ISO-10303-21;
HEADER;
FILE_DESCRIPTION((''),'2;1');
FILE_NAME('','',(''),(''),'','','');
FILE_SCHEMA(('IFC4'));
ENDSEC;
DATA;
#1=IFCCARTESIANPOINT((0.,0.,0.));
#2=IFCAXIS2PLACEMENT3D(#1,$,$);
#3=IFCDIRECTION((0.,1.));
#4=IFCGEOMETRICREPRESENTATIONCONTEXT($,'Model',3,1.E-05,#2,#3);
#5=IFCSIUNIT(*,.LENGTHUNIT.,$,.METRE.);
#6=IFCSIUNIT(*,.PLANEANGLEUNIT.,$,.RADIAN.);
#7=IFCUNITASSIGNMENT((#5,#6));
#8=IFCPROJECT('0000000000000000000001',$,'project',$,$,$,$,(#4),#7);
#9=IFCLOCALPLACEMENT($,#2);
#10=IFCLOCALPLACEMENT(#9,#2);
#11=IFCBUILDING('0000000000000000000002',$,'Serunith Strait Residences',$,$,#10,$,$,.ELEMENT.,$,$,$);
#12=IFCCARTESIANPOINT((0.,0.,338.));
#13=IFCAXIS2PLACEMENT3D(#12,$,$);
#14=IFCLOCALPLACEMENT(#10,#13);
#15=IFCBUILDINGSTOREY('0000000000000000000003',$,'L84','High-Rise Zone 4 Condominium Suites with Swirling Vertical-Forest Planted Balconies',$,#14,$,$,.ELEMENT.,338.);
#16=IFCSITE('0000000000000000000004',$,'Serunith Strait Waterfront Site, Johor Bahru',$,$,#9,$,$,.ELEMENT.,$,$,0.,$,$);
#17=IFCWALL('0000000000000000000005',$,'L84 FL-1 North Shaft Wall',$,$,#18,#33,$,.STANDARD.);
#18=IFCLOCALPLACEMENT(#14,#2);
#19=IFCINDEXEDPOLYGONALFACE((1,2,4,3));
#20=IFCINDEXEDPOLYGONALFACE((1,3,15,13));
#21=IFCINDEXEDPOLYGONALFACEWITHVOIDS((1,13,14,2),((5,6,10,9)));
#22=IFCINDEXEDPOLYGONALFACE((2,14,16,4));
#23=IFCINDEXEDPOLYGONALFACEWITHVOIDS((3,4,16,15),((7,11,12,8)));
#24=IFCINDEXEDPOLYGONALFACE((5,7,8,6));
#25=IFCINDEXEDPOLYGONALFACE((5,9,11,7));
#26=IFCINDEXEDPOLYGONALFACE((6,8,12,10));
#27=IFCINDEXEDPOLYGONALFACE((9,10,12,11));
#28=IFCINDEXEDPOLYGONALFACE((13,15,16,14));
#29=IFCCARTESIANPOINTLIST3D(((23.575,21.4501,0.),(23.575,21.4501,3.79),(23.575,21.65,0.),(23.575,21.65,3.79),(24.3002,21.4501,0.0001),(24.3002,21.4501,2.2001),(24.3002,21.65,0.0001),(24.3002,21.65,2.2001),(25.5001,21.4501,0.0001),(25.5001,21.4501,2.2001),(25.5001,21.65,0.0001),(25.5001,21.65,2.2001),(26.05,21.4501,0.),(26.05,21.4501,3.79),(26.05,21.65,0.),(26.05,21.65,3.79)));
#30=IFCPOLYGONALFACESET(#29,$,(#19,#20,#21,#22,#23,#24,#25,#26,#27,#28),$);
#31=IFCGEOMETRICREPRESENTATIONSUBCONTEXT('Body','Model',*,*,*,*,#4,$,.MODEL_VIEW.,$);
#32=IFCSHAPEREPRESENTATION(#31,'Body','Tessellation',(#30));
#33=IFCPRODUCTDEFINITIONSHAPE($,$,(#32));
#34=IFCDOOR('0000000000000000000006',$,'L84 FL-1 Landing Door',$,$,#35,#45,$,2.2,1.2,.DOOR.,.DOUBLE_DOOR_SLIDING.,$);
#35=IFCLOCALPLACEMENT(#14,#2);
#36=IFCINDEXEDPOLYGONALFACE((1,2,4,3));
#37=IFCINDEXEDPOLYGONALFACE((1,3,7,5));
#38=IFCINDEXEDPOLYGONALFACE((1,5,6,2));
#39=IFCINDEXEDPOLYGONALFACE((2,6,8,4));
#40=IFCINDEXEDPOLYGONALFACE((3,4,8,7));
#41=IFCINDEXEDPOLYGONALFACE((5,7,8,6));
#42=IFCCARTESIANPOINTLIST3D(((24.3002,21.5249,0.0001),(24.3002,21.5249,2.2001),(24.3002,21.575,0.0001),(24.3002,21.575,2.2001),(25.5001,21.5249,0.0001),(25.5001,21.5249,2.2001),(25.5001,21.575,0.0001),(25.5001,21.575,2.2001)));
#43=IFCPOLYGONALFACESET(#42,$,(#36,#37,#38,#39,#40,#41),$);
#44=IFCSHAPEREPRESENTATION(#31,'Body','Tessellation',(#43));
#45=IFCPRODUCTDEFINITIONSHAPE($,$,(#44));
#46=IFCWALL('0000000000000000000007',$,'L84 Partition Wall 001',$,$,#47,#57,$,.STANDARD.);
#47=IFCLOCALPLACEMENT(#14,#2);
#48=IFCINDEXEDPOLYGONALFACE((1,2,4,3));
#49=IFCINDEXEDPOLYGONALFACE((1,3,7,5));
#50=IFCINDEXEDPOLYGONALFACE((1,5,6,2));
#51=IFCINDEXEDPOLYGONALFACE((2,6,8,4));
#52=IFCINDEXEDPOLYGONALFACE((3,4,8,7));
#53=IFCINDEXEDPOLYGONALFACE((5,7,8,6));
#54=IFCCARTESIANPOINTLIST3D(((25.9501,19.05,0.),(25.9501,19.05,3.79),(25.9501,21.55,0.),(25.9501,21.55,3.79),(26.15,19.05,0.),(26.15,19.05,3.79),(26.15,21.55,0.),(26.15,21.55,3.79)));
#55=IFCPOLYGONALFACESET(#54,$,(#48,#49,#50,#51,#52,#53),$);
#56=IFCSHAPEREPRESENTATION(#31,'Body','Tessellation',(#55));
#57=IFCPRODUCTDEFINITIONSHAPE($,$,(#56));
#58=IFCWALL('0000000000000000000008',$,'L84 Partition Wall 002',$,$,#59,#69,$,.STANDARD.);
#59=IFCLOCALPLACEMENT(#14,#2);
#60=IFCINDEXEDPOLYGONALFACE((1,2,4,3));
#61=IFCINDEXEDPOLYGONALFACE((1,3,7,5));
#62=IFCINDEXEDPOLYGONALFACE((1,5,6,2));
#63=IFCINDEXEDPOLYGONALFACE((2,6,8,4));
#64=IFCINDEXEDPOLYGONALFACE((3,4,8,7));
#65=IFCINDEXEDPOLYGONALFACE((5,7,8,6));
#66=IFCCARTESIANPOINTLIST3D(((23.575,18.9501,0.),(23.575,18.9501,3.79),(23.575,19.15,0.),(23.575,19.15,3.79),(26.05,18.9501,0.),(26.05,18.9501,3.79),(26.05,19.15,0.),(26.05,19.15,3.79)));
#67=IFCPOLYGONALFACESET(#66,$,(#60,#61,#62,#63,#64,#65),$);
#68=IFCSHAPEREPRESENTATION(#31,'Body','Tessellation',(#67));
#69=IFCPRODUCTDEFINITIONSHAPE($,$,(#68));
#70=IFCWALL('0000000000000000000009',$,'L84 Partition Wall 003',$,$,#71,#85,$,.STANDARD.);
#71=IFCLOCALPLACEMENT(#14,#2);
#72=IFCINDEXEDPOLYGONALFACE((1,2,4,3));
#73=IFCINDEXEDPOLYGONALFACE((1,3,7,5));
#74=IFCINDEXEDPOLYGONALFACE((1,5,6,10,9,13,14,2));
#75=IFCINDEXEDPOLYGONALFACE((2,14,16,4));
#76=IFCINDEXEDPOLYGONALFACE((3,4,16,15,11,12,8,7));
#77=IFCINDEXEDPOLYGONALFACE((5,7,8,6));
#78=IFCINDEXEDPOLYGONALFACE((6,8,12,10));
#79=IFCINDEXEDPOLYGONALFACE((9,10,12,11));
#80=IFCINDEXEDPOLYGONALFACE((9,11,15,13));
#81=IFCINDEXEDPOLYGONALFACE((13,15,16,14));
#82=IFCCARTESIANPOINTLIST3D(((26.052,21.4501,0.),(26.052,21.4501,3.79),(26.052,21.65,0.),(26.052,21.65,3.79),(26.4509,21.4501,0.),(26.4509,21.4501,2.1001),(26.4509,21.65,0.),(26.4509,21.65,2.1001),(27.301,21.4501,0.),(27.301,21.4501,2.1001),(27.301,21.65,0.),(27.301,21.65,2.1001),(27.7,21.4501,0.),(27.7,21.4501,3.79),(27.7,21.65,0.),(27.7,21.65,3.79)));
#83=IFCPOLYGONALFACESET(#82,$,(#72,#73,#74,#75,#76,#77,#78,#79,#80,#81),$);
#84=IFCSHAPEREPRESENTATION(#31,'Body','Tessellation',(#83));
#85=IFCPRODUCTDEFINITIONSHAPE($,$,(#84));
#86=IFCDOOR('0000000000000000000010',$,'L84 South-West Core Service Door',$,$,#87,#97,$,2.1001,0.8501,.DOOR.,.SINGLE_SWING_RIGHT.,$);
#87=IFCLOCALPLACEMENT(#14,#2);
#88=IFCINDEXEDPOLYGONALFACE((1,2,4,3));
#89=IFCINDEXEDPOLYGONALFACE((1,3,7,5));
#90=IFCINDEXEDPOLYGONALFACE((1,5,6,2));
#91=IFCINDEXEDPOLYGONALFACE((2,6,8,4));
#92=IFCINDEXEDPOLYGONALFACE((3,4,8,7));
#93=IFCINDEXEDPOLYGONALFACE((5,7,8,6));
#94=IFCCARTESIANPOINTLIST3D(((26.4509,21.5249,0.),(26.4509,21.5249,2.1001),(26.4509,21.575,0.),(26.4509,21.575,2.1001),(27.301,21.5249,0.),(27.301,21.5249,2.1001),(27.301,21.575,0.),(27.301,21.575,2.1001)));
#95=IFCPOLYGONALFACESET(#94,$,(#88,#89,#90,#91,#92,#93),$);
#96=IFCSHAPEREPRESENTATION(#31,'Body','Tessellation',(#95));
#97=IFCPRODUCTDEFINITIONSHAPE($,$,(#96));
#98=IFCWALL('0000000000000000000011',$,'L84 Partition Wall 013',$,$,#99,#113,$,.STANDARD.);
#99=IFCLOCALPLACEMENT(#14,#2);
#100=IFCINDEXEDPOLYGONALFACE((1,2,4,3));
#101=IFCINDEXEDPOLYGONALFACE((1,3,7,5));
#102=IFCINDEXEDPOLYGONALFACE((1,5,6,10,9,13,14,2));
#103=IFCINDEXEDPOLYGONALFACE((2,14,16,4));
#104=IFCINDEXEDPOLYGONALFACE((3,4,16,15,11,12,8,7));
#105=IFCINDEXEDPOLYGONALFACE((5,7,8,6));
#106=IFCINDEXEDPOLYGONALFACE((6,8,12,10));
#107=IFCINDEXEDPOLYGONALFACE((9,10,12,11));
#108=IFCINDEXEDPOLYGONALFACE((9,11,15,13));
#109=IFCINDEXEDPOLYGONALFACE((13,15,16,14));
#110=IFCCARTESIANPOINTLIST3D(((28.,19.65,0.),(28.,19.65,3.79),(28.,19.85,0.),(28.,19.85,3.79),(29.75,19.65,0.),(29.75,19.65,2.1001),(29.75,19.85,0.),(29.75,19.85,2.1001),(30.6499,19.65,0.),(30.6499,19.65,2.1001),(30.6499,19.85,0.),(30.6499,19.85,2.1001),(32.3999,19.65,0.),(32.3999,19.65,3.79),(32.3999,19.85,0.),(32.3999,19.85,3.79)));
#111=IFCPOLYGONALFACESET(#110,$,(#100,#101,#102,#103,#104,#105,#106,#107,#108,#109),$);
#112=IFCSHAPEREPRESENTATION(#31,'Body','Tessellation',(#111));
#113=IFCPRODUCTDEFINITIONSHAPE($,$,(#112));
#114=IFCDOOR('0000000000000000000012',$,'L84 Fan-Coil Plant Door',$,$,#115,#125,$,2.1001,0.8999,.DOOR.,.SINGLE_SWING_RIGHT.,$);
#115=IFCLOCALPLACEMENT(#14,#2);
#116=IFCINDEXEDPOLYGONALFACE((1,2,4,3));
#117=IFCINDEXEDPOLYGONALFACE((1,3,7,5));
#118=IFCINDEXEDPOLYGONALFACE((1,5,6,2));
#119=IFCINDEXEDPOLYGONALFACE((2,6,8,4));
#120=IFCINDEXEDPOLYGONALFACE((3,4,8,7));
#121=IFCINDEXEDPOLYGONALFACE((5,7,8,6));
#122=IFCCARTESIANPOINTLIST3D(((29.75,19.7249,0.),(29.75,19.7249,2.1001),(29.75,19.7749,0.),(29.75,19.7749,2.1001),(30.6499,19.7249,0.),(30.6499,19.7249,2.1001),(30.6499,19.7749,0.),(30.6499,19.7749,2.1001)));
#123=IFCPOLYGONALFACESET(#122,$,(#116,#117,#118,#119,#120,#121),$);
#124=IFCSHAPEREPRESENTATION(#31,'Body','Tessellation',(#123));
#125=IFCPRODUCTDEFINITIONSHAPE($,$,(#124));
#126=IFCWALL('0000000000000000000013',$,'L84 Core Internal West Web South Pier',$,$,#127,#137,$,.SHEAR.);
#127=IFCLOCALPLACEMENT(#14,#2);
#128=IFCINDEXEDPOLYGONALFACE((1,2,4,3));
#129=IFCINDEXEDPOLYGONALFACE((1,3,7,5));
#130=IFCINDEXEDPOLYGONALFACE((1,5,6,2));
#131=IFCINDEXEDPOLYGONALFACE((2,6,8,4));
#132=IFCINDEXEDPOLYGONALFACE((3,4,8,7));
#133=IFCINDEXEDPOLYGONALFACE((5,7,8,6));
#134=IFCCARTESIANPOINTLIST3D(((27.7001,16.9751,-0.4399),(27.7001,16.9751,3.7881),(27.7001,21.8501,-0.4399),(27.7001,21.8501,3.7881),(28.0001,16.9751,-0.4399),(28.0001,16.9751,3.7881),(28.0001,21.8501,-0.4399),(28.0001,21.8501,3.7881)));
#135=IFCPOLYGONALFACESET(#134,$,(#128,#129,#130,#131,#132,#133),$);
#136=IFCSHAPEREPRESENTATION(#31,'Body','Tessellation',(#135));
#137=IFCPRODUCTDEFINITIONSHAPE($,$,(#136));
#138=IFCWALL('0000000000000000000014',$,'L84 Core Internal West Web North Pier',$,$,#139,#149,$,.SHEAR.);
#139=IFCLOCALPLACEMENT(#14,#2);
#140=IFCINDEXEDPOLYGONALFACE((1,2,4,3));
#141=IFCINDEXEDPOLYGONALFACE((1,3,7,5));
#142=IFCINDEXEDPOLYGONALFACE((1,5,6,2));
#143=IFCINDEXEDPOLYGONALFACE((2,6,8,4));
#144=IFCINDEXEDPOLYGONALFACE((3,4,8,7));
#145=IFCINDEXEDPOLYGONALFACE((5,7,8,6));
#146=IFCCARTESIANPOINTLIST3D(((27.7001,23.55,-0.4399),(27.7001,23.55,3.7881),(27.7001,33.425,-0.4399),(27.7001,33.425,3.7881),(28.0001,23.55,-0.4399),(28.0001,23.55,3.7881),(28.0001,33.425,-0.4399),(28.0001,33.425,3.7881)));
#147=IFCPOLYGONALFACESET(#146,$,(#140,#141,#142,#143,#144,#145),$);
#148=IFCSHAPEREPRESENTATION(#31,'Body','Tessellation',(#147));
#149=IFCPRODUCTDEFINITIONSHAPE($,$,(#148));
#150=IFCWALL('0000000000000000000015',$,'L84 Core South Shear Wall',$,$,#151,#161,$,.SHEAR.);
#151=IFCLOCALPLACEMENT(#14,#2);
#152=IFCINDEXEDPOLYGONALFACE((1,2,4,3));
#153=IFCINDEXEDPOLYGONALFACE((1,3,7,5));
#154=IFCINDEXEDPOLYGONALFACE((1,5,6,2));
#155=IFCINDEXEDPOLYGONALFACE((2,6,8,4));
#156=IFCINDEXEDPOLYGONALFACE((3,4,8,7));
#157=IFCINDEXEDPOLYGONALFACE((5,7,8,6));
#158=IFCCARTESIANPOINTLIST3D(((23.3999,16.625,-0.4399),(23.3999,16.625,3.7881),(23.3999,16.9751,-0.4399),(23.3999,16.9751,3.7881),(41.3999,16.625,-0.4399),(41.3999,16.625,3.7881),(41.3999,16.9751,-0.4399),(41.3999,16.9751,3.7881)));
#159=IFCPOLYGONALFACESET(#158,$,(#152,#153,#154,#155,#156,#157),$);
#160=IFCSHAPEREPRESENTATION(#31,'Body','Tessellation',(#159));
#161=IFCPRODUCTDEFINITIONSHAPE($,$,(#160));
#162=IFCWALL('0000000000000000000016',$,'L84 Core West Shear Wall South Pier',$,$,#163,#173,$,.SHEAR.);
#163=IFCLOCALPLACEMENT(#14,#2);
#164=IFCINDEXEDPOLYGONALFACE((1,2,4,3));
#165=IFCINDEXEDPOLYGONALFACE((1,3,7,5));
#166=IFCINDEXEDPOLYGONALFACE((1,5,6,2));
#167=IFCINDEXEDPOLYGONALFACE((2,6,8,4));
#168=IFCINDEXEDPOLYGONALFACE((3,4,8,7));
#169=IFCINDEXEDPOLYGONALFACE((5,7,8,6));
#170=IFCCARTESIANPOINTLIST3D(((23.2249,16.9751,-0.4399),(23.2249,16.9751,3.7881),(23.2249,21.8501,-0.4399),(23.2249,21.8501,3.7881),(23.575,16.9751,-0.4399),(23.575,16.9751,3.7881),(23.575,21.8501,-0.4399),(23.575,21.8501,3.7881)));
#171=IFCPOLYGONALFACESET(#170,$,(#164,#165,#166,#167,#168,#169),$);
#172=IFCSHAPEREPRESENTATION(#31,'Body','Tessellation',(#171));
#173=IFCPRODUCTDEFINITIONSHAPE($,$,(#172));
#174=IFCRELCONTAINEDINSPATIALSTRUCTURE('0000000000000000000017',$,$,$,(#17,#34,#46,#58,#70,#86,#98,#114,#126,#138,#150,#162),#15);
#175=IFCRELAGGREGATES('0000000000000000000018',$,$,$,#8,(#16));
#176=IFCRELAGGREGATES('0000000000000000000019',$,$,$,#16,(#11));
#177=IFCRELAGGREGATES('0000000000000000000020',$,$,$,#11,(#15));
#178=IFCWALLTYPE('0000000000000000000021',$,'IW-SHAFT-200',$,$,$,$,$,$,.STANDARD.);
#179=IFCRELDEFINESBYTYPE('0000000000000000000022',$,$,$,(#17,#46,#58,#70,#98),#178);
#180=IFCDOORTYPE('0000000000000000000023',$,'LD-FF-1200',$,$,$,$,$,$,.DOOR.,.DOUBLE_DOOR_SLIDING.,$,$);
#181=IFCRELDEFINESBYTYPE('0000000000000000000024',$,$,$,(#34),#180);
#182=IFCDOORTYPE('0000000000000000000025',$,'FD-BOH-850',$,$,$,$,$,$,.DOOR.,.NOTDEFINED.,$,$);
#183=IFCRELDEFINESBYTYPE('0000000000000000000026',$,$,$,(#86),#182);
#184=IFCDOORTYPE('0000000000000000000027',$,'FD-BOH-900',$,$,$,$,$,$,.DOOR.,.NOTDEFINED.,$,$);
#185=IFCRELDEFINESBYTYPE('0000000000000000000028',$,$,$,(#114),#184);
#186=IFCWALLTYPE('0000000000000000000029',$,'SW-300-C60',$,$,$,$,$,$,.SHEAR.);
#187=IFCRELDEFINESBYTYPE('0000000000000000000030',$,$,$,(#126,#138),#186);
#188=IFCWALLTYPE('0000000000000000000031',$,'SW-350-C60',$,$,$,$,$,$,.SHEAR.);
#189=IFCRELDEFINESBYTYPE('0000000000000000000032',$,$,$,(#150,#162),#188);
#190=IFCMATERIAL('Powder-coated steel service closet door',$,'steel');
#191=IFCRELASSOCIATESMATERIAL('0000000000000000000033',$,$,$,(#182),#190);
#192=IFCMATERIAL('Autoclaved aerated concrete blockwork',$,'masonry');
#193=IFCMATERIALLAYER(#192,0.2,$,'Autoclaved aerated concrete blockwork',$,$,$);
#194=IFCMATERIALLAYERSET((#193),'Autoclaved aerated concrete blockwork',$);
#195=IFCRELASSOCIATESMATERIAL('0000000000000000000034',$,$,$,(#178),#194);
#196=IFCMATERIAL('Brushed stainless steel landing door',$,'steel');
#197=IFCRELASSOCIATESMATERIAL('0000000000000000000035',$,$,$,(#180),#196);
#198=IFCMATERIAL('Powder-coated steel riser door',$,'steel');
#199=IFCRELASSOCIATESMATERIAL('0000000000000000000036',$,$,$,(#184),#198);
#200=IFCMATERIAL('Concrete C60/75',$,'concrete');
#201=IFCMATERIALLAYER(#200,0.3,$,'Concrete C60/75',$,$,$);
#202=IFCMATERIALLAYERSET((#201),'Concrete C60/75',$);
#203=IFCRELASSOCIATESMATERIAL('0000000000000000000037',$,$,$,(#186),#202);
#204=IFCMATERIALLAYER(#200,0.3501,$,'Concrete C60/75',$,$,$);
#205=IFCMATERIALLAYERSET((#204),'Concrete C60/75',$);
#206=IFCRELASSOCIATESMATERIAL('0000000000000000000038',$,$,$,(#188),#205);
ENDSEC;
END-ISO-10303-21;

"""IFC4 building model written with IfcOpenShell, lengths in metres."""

from ifc_helpers import new_model, si_unit, direction, frame, frame_2d, origin, place, context, subcontext, project, spatial, rectangle, extrude, source, transform, mapped, material, layer, layer_set, type_object, element, fill, save


model = new_model("IFC4")

# Units and contexts
model_context = context("Model", 3, precision=1e-05, world=origin(), true_north=direction((0.0, 1.0)))
body_context = subcontext(model_context, "Body", "Model", "MODEL_VIEW")
ifc_project = project(units=[si_unit("LENGTHUNIT", "METRE"), si_unit("PLANEANGLEUNIT", "RADIAN")], contexts=[model_context])

# Site, building, storey
site_placement = place(None, origin())
site = spatial("IfcSite", under=ifc_project, at=site_placement, Name="Serunith Strait Waterfront Site, Johor Bahru", CompositionType="ELEMENT", RefElevation=0.0)
building_placement = place(site_placement, origin())
building = spatial("IfcBuilding", under=site, at=building_placement, Name="Serunith Strait Residences", CompositionType="ELEMENT")
storey_placement = place(building_placement, frame((0.0, 0.0, 338.0)))
storey = spatial("IfcBuildingStorey", under=building, at=storey_placement, Name="L84", Description="High-Rise Zone 4 Condominium Suites with Swirling Vertical-Forest Planted Balconies", CompositionType="ELEMENT", Elevation=338.0)

# Shared definitions
ifc_material_1 = material(Name="Powder-coated steel service closet door", Category="steel")
door_type_1 = type_object("IfcDoorType", Name="FD-BOH-850", OperationType="NOTDEFINED", PredefinedType="DOOR", material=ifc_material_1)
shared_shape_1 = source(origin(), body_context, "Body", "SweptSolid", [
    extrude(rectangle(XDim=0.8501, YDim=2.1001, at=frame_2d((0.425, 1.05))), frame((0.0, 0.0249, 0.0), z_axis=(0.0, -1.0, 0.0), x_axis=(1.0, 0.0, 0.0)), (0.0, 0.0, 1.0), 0.05),
])

# Wall, opening, door
ifc_material_2 = material(Name="Autoclaved aerated concrete blockwork", Category="masonry")
ifc_layer_1 = layer(ifc_material_2, 0.2, Name="Autoclaved aerated concrete blockwork")
ifc_layer_set_1 = layer_set([ifc_layer_1], Name="Autoclaved aerated concrete blockwork")
wall_type_1 = type_object("IfcWallType", Name="IW-SHAFT-200", PredefinedType="STANDARD", material=ifc_layer_set_1)
wall_1_placement = place(storey_placement, frame((23.575, 21.55, 0.0), z_axis=(0.0, 0.0, 1.0), x_axis=(1.0, 0.0, 0.0)))
wall_1 = element("IfcWall", 1, at=wall_1_placement, inside=storey, type_object=wall_type_1, Name="L84 FL-1 North Shaft Wall", PredefinedType="STANDARD", context=body_context, shape_type="SweptSolid", body=[
    extrude(rectangle(XDim=2.4751, YDim=0.2, at=frame_2d((1.2375, 0.0))), origin(), (0.0, 0.0, 1.0), 3.79),
])
opening_1_placement = place(wall_1_placement, frame((0.7251, 0.0, 0.0)))
opening_1 = element("IfcOpeningElement", 2, at=opening_1_placement, cuts=wall_1, PredefinedType="OPENING", context=body_context, shape_type="SweptSolid", body=[
    extrude(rectangle(XDim=1.2, YDim=2.2, at=frame_2d((0.6001, 1.1001))), frame((0.0, 0.1099, 0.0), z_axis=(0.0, -1.0, 0.0), x_axis=(1.0, 0.0, 0.0)), (0.0, 0.0, 1.0), 0.22),
])
ifc_material_3 = material(Name="Brushed stainless steel landing door", Category="steel")
door_type_2 = type_object("IfcDoorType", Name="LD-FF-1200", OperationType="DOUBLE_DOOR_SLIDING", PredefinedType="DOOR", material=ifc_material_3)
shared_shape_2 = source(origin(), body_context, "Body", "SweptSolid", [
    extrude(rectangle(XDim=1.2, YDim=2.2, at=frame_2d((0.6001, 1.1001))), frame((0.0, 0.0249, 0.0), z_axis=(0.0, -1.0, 0.0), x_axis=(1.0, 0.0, 0.0)), (0.0, 0.0, 1.0), 0.05),
])
door_1_placement = place(opening_1_placement, origin())
door_1 = element("IfcDoor", 3, at=door_1_placement, inside=storey, type_object=door_type_2, Name="L84 FL-1 Landing Door", OperationType="DOUBLE_DOOR_SLIDING", OverallHeight=2.2, OverallWidth=1.2, PredefinedType="DOOR", context=body_context, shape_type="MappedRepresentation", body=[
    mapped(shared_shape_2, transform((0.0, 0.0, 0.0), scale=1.0)),
])
fill(opening_1, door_1)

# Walls
wall_2_placement = place(storey_placement, frame((26.05, 19.05, 0.0), z_axis=(0.0, 0.0, 1.0), x_axis=(0.0, 1.0, 0.0)))
element("IfcWall", 4, at=wall_2_placement, inside=storey, type_object=wall_type_1, Name="L84 Partition Wall 001", PredefinedType="STANDARD", context=body_context, shape_type="SweptSolid", body=[
    extrude(rectangle(XDim=2.5, YDim=0.2, at=frame_2d((1.25, 0.0))), origin(), (0.0, 0.0, 1.0), 3.79),
])
wall_3_placement = place(storey_placement, frame((23.575, 19.05, 0.0), z_axis=(0.0, 0.0, 1.0), x_axis=(1.0, 0.0, 0.0)))
element("IfcWall", 5, at=wall_3_placement, inside=storey, type_object=wall_type_1, Name="L84 Partition Wall 002", PredefinedType="STANDARD", context=body_context, shape_type="SweptSolid", body=[
    extrude(rectangle(XDim=2.4751, YDim=0.2, at=frame_2d((1.2375, 0.0))), origin(), (0.0, 0.0, 1.0), 3.79),
])

# Walls, openings, doors
wall_4_placement = place(storey_placement, frame((26.052, 21.55, 0.0), z_axis=(0.0, 0.0, 1.0), x_axis=(1.0, 0.0, 0.0)))
wall_4 = element("IfcWall", 6, at=wall_4_placement, inside=storey, type_object=wall_type_1, Name="L84 Partition Wall 003", PredefinedType="STANDARD", context=body_context, shape_type="SweptSolid", body=[
    extrude(rectangle(XDim=1.6479, YDim=0.2, at=frame_2d((0.824, 0.0))), origin(), (0.0, 0.0, 1.0), 3.79),
])
opening_2_placement = place(wall_4_placement, frame((0.3989, 0.0, 0.0)))
opening_2 = element("IfcOpeningElement", 7, at=opening_2_placement, cuts=wall_4, PredefinedType="OPENING", context=body_context, shape_type="SweptSolid", body=[
    extrude(rectangle(XDim=0.8501, YDim=2.1001, at=frame_2d((0.425, 1.05))), frame((0.0, 0.1099, 0.0), z_axis=(0.0, -1.0, 0.0), x_axis=(1.0, 0.0, 0.0)), (0.0, 0.0, 1.0), 0.22),
])
door_2_placement = place(opening_2_placement, origin())
door_2 = element("IfcDoor", 8, at=door_2_placement, inside=storey, type_object=door_type_1, Name="L84 South-West Core Service Door", OperationType="SINGLE_SWING_RIGHT", OverallHeight=2.1001, OverallWidth=0.8501, PredefinedType="DOOR", context=body_context, shape_type="MappedRepresentation", body=[
    mapped(shared_shape_1, transform((0.0, 0.0, 0.0), scale=1.0)),
])
fill(opening_2, door_2)
wall_5_placement = place(storey_placement, frame((28.0, 19.75, 0.0), z_axis=(0.0, 0.0, 1.0), x_axis=(1.0, 0.0, 0.0)))
wall_5 = element("IfcWall", 9, at=wall_5_placement, inside=storey, type_object=wall_type_1, Name="L84 Partition Wall 013", PredefinedType="STANDARD", context=body_context, shape_type="SweptSolid", body=[
    extrude(rectangle(XDim=4.3999, YDim=0.2, at=frame_2d((2.2, 0.0))), origin(), (0.0, 0.0, 1.0), 3.79),
])
opening_3_placement = place(wall_5_placement, frame((1.75, 0.0, 0.0)))
opening_3 = element("IfcOpeningElement", 10, at=opening_3_placement, cuts=wall_5, PredefinedType="OPENING", context=body_context, shape_type="SweptSolid", body=[
    extrude(rectangle(XDim=0.8999, YDim=2.1001, at=frame_2d((0.45, 1.05))), frame((0.0, 0.1099, 0.0), z_axis=(0.0, -1.0, 0.0), x_axis=(1.0, 0.0, 0.0)), (0.0, 0.0, 1.0), 0.22),
])
ifc_material_4 = material(Name="Powder-coated steel riser door", Category="steel")
door_type_3 = type_object("IfcDoorType", Name="FD-BOH-900", OperationType="NOTDEFINED", PredefinedType="DOOR", material=ifc_material_4)
shared_shape_3 = source(origin(), body_context, "Body", "SweptSolid", [
    extrude(rectangle(XDim=0.8999, YDim=2.1001, at=frame_2d((0.45, 1.05))), frame((0.0, 0.0249, 0.0), z_axis=(0.0, -1.0, 0.0), x_axis=(1.0, 0.0, 0.0)), (0.0, 0.0, 1.0), 0.05),
])
door_3_placement = place(opening_3_placement, origin())
door_3 = element("IfcDoor", 11, at=door_3_placement, inside=storey, type_object=door_type_3, Name="L84 Fan-Coil Plant Door", OperationType="SINGLE_SWING_RIGHT", OverallHeight=2.1001, OverallWidth=0.8999, PredefinedType="DOOR", context=body_context, shape_type="MappedRepresentation", body=[
    mapped(shared_shape_3, transform((0.0, 0.0, 0.0), scale=1.0)),
])
fill(opening_3, door_3)

# Walls
ifc_material_5 = material(Name="Concrete C60/75", Category="concrete")
ifc_layer_2 = layer(ifc_material_5, 0.3, Name="Concrete C60/75")
ifc_layer_set_2 = layer_set([ifc_layer_2], Name="Concrete C60/75")
wall_type_2 = type_object("IfcWallType", Name="SW-300-C60", PredefinedType="SHEAR", material=ifc_layer_set_2)
wall_6_placement = place(storey_placement, frame((27.8501, 16.9751, -0.4399), z_axis=(0.0, 0.0, 1.0), x_axis=(0.0, 1.0, 0.0)))
element("IfcWall", 12, at=wall_6_placement, inside=storey, type_object=wall_type_2, Name="L84 Core Internal West Web South Pier", PredefinedType="SHEAR", context=body_context, shape_type="SweptSolid", body=[
    extrude(rectangle(XDim=4.875, YDim=0.3, at=frame_2d((2.4375, 0.0))), origin(), (0.0, 0.0, 1.0), 4.228),
])
wall_7_placement = place(storey_placement, frame((27.8501, 23.55, -0.4399), z_axis=(0.0, 0.0, 1.0), x_axis=(0.0, 1.0, 0.0)))
element("IfcWall", 13, at=wall_7_placement, inside=storey, type_object=wall_type_2, Name="L84 Core Internal West Web North Pier", PredefinedType="SHEAR", context=body_context, shape_type="SweptSolid", body=[
    extrude(rectangle(XDim=9.875, YDim=0.3, at=frame_2d((4.9375, 0.0))), origin(), (0.0, 0.0, 1.0), 4.228),
])
ifc_layer_3 = layer(ifc_material_5, 0.3501, Name="Concrete C60/75")
ifc_layer_set_3 = layer_set([ifc_layer_3], Name="Concrete C60/75")
wall_type_3 = type_object("IfcWallType", Name="SW-350-C60", PredefinedType="SHEAR", material=ifc_layer_set_3)
wall_8_placement = place(storey_placement, frame((23.3999, 16.8, -0.4399), z_axis=(0.0, 0.0, 1.0), x_axis=(1.0, 0.0, 0.0)))
element("IfcWall", 14, at=wall_8_placement, inside=storey, type_object=wall_type_3, Name="L84 Core South Shear Wall", PredefinedType="SHEAR", context=body_context, shape_type="SweptSolid", body=[
    extrude(rectangle(XDim=18.0, YDim=0.3501, at=frame_2d((9.0, 0.0))), origin(), (0.0, 0.0, 1.0), 4.228),
])
wall_9_placement = place(storey_placement, frame((23.3999, 16.9751, -0.4399), z_axis=(0.0, 0.0, 1.0), x_axis=(0.0, 1.0, 0.0)))
element("IfcWall", 15, at=wall_9_placement, inside=storey, type_object=wall_type_3, Name="L84 Core West Shear Wall South Pier", PredefinedType="SHEAR", context=body_context, shape_type="SweptSolid", body=[
    extrude(rectangle(XDim=4.875, YDim=0.3501, at=frame_2d((2.4375, 0.0))), origin(), (0.0, 0.0, 1.0), 4.228),
])

save(model, "model.ifc")
